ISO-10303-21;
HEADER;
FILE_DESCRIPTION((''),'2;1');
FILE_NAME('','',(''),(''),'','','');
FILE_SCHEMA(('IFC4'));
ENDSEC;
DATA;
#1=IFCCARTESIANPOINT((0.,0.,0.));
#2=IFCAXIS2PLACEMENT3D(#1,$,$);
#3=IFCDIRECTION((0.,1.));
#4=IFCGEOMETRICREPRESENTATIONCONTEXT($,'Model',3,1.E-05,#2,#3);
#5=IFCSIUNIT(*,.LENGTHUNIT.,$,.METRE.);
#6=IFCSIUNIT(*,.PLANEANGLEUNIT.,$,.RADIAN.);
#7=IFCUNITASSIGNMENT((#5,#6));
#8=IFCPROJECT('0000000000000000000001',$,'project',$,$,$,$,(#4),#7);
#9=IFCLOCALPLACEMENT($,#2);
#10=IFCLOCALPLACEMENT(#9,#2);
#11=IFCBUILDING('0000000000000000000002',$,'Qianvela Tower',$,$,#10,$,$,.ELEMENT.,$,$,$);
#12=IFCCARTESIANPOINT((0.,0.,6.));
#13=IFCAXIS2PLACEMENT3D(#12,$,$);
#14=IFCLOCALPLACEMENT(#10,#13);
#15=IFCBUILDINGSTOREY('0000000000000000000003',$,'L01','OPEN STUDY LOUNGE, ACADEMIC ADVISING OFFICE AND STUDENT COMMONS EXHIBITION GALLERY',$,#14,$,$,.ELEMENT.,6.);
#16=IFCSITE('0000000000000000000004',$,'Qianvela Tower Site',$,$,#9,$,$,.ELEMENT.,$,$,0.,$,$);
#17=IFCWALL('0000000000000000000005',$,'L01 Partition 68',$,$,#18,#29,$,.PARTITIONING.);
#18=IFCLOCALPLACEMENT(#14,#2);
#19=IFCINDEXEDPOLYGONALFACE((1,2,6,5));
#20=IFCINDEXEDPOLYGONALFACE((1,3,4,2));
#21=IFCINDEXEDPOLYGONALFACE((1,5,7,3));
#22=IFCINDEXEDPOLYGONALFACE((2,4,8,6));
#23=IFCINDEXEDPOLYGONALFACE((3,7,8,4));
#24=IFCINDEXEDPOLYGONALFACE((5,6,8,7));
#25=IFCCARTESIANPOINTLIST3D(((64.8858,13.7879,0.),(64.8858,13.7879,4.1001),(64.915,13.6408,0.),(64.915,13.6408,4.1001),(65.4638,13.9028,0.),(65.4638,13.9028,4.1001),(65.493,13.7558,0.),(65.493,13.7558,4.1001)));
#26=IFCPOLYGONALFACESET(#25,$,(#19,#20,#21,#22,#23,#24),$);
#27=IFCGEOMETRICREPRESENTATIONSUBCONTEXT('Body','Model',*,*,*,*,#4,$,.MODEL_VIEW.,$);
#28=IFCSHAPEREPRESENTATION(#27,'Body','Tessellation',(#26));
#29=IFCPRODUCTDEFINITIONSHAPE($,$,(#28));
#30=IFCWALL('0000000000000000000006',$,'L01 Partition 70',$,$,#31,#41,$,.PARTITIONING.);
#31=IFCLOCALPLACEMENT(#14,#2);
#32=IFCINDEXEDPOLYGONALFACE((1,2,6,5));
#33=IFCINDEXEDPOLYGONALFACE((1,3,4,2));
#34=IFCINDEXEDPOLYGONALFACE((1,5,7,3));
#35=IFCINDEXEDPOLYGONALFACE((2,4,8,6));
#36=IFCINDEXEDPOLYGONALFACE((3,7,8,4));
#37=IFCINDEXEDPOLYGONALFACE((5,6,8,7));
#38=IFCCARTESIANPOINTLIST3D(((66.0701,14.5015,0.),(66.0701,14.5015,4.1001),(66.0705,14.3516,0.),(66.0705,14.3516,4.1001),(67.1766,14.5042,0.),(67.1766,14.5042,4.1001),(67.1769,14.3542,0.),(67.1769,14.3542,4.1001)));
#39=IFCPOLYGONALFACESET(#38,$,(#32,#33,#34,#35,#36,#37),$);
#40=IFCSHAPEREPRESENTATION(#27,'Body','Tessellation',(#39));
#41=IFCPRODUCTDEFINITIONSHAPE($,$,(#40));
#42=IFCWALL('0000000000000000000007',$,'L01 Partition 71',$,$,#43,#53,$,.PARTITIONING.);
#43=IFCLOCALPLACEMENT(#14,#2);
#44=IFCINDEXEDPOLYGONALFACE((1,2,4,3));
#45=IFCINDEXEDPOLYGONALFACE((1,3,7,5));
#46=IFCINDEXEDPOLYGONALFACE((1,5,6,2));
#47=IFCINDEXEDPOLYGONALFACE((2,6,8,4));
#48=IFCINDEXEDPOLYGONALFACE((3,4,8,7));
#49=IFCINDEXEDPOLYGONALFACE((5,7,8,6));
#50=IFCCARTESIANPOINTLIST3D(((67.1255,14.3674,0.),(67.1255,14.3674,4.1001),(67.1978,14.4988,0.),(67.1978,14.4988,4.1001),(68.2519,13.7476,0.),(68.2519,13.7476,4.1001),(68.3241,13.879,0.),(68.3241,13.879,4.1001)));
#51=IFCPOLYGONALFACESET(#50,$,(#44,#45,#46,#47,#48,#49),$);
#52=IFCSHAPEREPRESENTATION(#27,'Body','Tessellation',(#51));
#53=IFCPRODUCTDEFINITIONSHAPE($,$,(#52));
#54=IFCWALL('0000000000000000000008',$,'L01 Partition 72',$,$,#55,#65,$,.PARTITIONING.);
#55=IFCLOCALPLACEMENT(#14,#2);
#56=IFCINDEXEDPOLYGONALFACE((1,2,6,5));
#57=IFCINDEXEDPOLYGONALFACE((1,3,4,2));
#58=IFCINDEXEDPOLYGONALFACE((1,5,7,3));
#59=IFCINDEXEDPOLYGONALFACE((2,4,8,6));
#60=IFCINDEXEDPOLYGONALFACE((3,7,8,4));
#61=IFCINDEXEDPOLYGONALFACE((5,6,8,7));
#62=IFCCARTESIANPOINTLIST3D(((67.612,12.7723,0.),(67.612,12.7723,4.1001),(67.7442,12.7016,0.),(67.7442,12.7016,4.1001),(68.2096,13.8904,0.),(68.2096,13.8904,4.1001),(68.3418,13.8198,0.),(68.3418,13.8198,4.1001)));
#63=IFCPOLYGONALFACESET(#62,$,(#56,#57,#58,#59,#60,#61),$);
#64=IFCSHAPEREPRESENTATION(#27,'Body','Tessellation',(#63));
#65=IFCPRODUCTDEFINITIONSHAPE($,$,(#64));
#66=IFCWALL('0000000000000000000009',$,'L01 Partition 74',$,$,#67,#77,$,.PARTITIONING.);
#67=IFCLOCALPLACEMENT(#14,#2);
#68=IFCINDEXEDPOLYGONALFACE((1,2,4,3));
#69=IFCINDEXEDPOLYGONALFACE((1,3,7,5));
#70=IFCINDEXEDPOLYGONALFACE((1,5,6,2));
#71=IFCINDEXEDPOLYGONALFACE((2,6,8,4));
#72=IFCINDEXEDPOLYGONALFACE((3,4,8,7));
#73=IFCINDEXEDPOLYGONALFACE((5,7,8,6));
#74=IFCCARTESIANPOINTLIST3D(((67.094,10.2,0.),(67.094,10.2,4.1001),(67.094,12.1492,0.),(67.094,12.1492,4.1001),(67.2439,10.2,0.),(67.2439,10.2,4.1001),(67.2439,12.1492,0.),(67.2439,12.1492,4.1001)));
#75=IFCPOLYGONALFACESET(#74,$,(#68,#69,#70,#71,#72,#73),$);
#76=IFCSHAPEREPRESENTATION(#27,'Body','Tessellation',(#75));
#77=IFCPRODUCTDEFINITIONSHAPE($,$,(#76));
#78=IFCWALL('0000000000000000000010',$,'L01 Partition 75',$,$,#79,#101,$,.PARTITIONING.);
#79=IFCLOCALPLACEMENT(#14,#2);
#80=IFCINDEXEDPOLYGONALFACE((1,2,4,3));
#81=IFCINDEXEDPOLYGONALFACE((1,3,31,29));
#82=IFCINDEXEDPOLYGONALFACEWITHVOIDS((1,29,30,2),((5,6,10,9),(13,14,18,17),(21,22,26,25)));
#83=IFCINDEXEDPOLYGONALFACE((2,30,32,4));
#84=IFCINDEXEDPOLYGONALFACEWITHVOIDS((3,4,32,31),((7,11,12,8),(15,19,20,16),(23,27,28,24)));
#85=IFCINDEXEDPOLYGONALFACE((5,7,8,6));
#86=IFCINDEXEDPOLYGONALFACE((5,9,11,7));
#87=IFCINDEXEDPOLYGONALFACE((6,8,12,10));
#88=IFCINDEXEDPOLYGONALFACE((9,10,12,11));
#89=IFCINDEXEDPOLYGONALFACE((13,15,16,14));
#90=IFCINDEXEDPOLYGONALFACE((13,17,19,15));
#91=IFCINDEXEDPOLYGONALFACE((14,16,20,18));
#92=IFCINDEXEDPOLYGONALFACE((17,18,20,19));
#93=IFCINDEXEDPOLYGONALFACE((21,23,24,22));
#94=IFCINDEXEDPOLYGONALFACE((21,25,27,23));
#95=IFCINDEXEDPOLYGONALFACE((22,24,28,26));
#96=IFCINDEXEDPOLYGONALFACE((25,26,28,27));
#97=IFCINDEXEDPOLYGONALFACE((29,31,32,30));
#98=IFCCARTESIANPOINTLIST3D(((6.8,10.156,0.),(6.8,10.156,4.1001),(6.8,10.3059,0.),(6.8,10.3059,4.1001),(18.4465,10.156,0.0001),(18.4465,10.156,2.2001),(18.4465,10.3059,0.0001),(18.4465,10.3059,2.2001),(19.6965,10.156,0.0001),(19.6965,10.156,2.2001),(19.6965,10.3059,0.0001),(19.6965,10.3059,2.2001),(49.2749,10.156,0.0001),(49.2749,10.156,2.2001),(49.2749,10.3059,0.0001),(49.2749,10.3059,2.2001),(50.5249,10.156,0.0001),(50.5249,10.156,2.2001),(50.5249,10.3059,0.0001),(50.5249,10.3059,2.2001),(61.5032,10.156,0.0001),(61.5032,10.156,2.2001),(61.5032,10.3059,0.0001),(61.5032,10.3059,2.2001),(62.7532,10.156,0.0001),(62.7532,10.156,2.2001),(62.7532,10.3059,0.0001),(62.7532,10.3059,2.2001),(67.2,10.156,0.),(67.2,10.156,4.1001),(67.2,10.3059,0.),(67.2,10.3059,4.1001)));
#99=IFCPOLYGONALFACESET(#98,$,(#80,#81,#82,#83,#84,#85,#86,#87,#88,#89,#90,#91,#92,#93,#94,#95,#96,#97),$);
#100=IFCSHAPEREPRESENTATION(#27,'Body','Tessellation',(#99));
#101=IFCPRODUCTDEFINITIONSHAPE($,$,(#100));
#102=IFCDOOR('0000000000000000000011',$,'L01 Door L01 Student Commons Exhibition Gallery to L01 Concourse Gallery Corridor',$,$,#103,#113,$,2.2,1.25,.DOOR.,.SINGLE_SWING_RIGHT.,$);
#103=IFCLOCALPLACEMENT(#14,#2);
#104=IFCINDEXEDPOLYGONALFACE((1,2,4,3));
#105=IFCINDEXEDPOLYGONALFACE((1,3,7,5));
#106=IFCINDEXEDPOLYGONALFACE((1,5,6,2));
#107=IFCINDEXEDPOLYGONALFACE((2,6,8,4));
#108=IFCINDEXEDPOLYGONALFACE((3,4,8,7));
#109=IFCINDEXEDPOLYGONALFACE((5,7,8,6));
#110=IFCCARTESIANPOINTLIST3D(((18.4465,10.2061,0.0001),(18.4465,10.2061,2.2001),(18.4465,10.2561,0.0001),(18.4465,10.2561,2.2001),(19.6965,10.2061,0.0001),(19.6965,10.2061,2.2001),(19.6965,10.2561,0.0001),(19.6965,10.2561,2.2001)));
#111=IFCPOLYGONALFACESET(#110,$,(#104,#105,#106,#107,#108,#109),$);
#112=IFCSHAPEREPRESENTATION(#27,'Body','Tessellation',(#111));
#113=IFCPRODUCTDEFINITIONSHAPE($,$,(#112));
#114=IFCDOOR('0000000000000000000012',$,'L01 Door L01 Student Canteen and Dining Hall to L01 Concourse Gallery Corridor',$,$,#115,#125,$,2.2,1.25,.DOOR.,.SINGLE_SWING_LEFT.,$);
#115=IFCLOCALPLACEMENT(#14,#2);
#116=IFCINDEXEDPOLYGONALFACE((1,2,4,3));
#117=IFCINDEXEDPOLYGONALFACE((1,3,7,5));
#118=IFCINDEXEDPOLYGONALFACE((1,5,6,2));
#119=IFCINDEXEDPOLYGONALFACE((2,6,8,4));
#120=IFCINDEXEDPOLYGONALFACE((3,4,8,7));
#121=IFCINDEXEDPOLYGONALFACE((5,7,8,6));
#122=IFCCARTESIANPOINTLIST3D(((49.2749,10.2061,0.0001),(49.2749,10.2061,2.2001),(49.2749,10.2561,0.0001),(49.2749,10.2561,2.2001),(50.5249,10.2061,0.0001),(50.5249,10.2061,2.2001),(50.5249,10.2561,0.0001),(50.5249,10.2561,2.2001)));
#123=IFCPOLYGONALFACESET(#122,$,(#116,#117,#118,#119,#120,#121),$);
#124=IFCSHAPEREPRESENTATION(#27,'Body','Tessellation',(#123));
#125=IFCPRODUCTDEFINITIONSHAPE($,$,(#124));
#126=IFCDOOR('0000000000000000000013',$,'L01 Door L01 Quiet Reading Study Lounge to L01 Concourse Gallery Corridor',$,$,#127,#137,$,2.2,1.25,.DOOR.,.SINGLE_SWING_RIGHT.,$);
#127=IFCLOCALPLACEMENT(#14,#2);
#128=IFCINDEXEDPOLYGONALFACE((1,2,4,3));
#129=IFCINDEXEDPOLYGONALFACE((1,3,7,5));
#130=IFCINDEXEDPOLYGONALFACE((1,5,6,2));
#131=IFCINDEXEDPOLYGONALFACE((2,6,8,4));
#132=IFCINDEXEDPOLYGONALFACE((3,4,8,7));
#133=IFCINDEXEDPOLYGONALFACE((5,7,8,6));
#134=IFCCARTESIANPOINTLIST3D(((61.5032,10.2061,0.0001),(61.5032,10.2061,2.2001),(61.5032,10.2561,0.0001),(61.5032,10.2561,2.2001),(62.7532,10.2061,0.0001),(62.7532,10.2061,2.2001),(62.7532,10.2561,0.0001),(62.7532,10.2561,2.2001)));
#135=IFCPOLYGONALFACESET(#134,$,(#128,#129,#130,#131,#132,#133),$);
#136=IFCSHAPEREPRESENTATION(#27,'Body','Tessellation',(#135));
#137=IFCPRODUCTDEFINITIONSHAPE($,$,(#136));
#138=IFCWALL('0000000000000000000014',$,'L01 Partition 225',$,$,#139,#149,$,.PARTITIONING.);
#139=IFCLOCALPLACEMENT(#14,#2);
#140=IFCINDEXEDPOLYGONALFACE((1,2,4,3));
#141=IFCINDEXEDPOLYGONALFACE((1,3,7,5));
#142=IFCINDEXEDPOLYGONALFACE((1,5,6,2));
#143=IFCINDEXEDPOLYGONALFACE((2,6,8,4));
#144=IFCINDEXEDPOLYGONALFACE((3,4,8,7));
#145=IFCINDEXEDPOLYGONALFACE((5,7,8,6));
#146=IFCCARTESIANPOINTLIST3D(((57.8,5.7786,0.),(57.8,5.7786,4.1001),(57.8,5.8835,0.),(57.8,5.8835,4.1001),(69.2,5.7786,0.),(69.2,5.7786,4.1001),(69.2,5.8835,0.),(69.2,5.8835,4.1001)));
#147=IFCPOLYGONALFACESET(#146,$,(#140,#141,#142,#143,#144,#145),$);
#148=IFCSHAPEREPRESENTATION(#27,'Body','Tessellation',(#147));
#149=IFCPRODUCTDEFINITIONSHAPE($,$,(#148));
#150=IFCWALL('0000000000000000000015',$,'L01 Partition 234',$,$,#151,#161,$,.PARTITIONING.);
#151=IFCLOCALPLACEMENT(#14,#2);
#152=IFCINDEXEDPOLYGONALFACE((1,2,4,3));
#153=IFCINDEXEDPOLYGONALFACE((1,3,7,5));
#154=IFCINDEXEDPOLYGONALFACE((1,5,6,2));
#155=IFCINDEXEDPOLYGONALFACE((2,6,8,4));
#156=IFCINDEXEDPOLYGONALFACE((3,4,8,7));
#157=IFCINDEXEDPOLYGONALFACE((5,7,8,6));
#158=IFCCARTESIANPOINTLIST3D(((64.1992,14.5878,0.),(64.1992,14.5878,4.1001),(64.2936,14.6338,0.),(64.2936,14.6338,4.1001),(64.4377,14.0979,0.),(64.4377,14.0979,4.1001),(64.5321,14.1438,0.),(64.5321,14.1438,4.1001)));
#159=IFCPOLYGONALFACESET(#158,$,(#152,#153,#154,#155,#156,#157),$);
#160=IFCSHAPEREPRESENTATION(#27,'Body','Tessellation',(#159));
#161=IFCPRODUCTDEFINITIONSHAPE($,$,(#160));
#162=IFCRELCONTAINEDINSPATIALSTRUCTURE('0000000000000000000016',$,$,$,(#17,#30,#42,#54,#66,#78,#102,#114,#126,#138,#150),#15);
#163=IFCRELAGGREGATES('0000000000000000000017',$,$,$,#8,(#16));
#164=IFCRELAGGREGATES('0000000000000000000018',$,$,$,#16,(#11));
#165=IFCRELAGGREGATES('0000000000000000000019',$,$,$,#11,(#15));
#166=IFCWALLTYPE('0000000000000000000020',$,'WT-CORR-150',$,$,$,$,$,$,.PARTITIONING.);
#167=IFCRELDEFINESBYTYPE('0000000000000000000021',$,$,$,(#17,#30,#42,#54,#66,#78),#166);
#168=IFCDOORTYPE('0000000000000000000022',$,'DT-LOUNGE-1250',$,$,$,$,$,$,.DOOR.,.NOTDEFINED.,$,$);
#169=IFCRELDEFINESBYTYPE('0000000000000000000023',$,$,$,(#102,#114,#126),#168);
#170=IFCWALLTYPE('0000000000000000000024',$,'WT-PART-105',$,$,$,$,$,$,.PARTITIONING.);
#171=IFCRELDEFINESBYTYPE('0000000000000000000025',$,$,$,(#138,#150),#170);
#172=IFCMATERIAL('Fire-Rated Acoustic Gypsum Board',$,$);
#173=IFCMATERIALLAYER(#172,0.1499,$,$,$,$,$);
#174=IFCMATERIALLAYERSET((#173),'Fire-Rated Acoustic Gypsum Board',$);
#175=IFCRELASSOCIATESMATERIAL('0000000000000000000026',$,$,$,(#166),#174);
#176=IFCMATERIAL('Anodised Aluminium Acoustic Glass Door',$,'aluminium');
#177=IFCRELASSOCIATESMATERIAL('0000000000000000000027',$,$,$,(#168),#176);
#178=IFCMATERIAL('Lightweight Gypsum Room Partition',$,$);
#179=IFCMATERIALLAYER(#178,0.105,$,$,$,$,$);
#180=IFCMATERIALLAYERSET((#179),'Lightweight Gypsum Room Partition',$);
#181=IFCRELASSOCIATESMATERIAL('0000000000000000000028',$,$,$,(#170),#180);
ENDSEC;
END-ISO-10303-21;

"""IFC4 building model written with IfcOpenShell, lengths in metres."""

from ifc_helpers import new_model, si_unit, direction, frame, frame_2d, origin, place, context, subcontext, project, spatial, rectangle, extrude, material, layer, layer_set, type_object, element, fill, save


model = new_model("IFC4")

# Units and contexts
model_context = context("Model", 3, precision=1e-05, world=origin(), true_north=direction((0.0, 1.0)))
body_context = subcontext(model_context, "Body", "Model", "MODEL_VIEW")
ifc_project = project(units=[si_unit("LENGTHUNIT", "METRE"), si_unit("PLANEANGLEUNIT", "RADIAN")], contexts=[model_context])

# Site, building, storey
site_placement = place(None, origin())
site = spatial("IfcSite", under=ifc_project, at=site_placement, Name="Qianvela Tower Site", CompositionType="ELEMENT", RefElevation=0.0)
building_placement = place(site_placement, origin())
building = spatial("IfcBuilding", under=site, at=building_placement, Name="Qianvela Tower", CompositionType="ELEMENT")
storey_placement = place(building_placement, frame((0.0, 0.0, 6.0)))
storey = spatial("IfcBuildingStorey", under=building, at=storey_placement, Name="L01", Description="OPEN STUDY LOUNGE, ACADEMIC ADVISING OFFICE AND STUDENT COMMONS EXHIBITION GALLERY", CompositionType="ELEMENT", Elevation=6.0)

# Walls
ifc_material_1 = material(Name="Fire-Rated Acoustic Gypsum Board")
ifc_layer_1 = layer(ifc_material_1, 0.1499)
ifc_layer_set_1 = layer_set([ifc_layer_1], Name="Fire-Rated Acoustic Gypsum Board")
wall_type_1 = type_object("IfcWallType", Name="WT-CORR-150", PredefinedType="PARTITIONING", material=ifc_layer_set_1)
wall_1_placement = place(storey_placement, frame((64.9004, 13.7144, 0.0), z_axis=(0.0, 0.0, 1.0), x_axis=(0.980787, 0.195081, 0.0)))
element("IfcWall", 1, at=wall_1_placement, inside=storey, type_object=wall_type_1, Name="L01 Partition 68", PredefinedType="PARTITIONING", context=body_context, shape_type="SweptSolid", body=[
    extrude(rectangle(XDim=0.5894, YDim=0.1499, at=frame_2d((0.2947, 0.0))), origin(), (0.0, 0.0, 1.0), 4.1001),
])
wall_2_placement = place(storey_placement, frame((66.0703, 14.4265, 0.0), z_axis=(0.0, 0.0, 1.0), x_axis=(0.999997, 0.002427, 0.0)))
element("IfcWall", 2, at=wall_2_placement, inside=storey, type_object=wall_type_1, Name="L01 Partition 70", PredefinedType="PARTITIONING", context=body_context, shape_type="SweptSolid", body=[
    extrude(rectangle(XDim=1.1064, YDim=0.1499, at=frame_2d((0.5532, 0.0))), origin(), (0.0, 0.0, 1.0), 4.1001),
])
wall_3_placement = place(storey_placement, frame((67.1616, 14.4331, 0.0), z_axis=(0.0, 0.0, 1.0), x_axis=(0.876112, -0.482108, 0.0)))
element("IfcWall", 3, at=wall_3_placement, inside=storey, type_object=wall_type_1, Name="L01 Partition 71", PredefinedType="PARTITIONING", context=body_context, shape_type="SweptSolid", body=[
    extrude(rectangle(XDim=1.2856, YDim=0.1499, at=frame_2d((0.6428, 0.0))), origin(), (0.0, 0.0, 1.0), 4.1001),
])
wall_4_placement = place(storey_placement, frame((68.2756, 13.855, 0.0), z_axis=(0.0, 0.0, 1.0), x_axis=(-0.471388, -0.881926, 0.0)))
element("IfcWall", 4, at=wall_4_placement, inside=storey, type_object=wall_type_1, Name="L01 Partition 72", PredefinedType="PARTITIONING", context=body_context, shape_type="SweptSolid", body=[
    extrude(rectangle(XDim=1.2678, YDim=0.1499, at=frame_2d((0.6338, 0.0))), origin(), (0.0, 0.0, 1.0), 4.1001),
])
wall_5_placement = place(storey_placement, frame((67.1689, 12.1492, 0.0), z_axis=(0.0, 0.0, 1.0), x_axis=(0.0, -1.0, 0.0)))
element("IfcWall", 5, at=wall_5_placement, inside=storey, type_object=wall_type_1, Name="L01 Partition 74", PredefinedType="PARTITIONING", context=body_context, shape_type="SweptSolid", body=[
    extrude(rectangle(XDim=1.9492, YDim=0.1499, at=frame_2d((0.9746, 0.0))), origin(), (0.0, 0.0, 1.0), 4.1001),
])

# Wall, openings, doors
wall_6_placement = place(storey_placement, frame((67.2, 10.231, 0.0), z_axis=(0.0, 0.0, 1.0), x_axis=(-1.0, 0.0, 0.0)))
wall_6 = element("IfcWall", 6, at=wall_6_placement, inside=storey, type_object=wall_type_1, Name="L01 Partition 75", PredefinedType="PARTITIONING", context=body_context, shape_type="SweptSolid", body=[
    extrude(rectangle(XDim=60.3999, YDim=0.1499, at=frame_2d((30.2, 0.0))), origin(), (0.0, 0.0, 1.0), 4.1001),
])
opening_1_placement = place(wall_6_placement, frame((47.5034, 0.0, 0.0)))
opening_1 = element("IfcOpeningElement", 7, at=opening_1_placement, cuts=wall_6, PredefinedType="OPENING", context=body_context, shape_type="SweptSolid", body=[
    extrude(rectangle(XDim=1.25, YDim=2.2, at=frame_2d((0.625, 1.1001))), frame((0.0, 0.085, 0.0), z_axis=(0.0, -1.0, 0.0), x_axis=(1.0, 0.0, 0.0)), (0.0, 0.0, 1.0), 0.1699),
])
opening_2_placement = place(wall_6_placement, frame((16.675, 0.0, 0.0)))
opening_2 = element("IfcOpeningElement", 8, at=opening_2_placement, cuts=wall_6, PredefinedType="OPENING", context=body_context, shape_type="SweptSolid", body=[
    extrude(rectangle(XDim=1.25, YDim=2.2, at=frame_2d((0.625, 1.1001))), frame((0.0, 0.085, 0.0), z_axis=(0.0, -1.0, 0.0), x_axis=(1.0, 0.0, 0.0)), (0.0, 0.0, 1.0), 0.1699),
])
opening_3_placement = place(wall_6_placement, frame((4.4468, 0.0, 0.0)))
opening_3 = element("IfcOpeningElement", 9, at=opening_3_placement, cuts=wall_6, PredefinedType="OPENING", context=body_context, shape_type="SweptSolid", body=[
    extrude(rectangle(XDim=1.25, YDim=2.2, at=frame_2d((0.625, 1.1001))), frame((0.0, 0.085, 0.0), z_axis=(0.0, -1.0, 0.0), x_axis=(1.0, 0.0, 0.0)), (0.0, 0.0, 1.0), 0.1699),
])
ifc_material_2 = material(Name="Anodised Aluminium Acoustic Glass Door", Category="aluminium")
door_type = type_object("IfcDoorType", Name="DT-LOUNGE-1250", OperationType="NOTDEFINED", PredefinedType="DOOR", material=ifc_material_2)
door_1_placement = place(opening_1_placement, origin())
door_1 = element("IfcDoor", 10, at=door_1_placement, inside=storey, type_object=door_type, Name="L01 Door L01 Student Commons Exhibition Gallery to L01 Concourse Gallery Corridor", OperationType="SINGLE_SWING_RIGHT", OverallHeight=2.2, OverallWidth=1.25, PredefinedType="DOOR", context=body_context, shape_type="SweptSolid", body=[
    extrude(rectangle(XDim=1.25, YDim=2.2, at=frame_2d((0.625, 1.1001))), frame((0.0, 0.0249, 0.0), z_axis=(0.0, -1.0, 0.0), x_axis=(1.0, 0.0, 0.0)), (0.0, 0.0, 1.0), 0.05),
])
fill(opening_1, door_1)
door_2_placement = place(opening_2_placement, origin())
door_2 = element("IfcDoor", 11, at=door_2_placement, inside=storey, type_object=door_type, Name="L01 Door L01 Student Canteen and Dining Hall to L01 Concourse Gallery Corridor", OperationType="SINGLE_SWING_LEFT", OverallHeight=2.2, OverallWidth=1.25, PredefinedType="DOOR", context=body_context, shape_type="SweptSolid", body=[
    extrude(rectangle(XDim=1.25, YDim=2.2, at=frame_2d((0.625, 1.1001))), frame((0.0, 0.0249, 0.0), z_axis=(0.0, -1.0, 0.0), x_axis=(1.0, 0.0, 0.0)), (0.0, 0.0, 1.0), 0.05),
])
fill(opening_2, door_2)
door_3_placement = place(opening_3_placement, origin())
door_3 = element("IfcDoor", 12, at=door_3_placement, inside=storey, type_object=door_type, Name="L01 Door L01 Quiet Reading Study Lounge to L01 Concourse Gallery Corridor", OperationType="SINGLE_SWING_RIGHT", OverallHeight=2.2, OverallWidth=1.25, PredefinedType="DOOR", context=body_context, shape_type="SweptSolid", body=[
    extrude(rectangle(XDim=1.25, YDim=2.2, at=frame_2d((0.625, 1.1001))), frame((0.0, 0.0249, 0.0), z_axis=(0.0, -1.0, 0.0), x_axis=(1.0, 0.0, 0.0)), (0.0, 0.0, 1.0), 0.05),
])
fill(opening_3, door_3)

# Walls
ifc_material_3 = material(Name="Lightweight Gypsum Room Partition")
ifc_layer_2 = layer(ifc_material_3, 0.105)
ifc_layer_set_2 = layer_set([ifc_layer_2], Name="Lightweight Gypsum Room Partition")
wall_type_2 = type_object("IfcWallType", Name="WT-PART-105", PredefinedType="PARTITIONING", material=ifc_layer_set_2)
wall_7_placement = place(storey_placement, frame((69.2, 5.8311, 0.0), z_axis=(0.0, 0.0, 1.0), x_axis=(-1.0, 0.0, 0.0)))
element("IfcWall", 13, at=wall_7_placement, inside=storey, type_object=wall_type_2, Name="L01 Partition 225", PredefinedType="PARTITIONING", context=body_context, shape_type="SweptSolid", body=[
    extrude(rectangle(XDim=11.3999, YDim=0.105, at=frame_2d((5.7, 0.0))), origin(), (0.0, 0.0, 1.0), 4.1001),
])
wall_8_placement = place(storey_placement, frame((64.4849, 14.1208, 0.0), z_axis=(0.0, 0.0, 1.0), x_axis=(-0.437691, 0.899126, 0.0)))
element("IfcWall", 14, at=wall_8_placement, inside=storey, type_object=wall_type_2, Name="L01 Partition 234", PredefinedType="PARTITIONING", context=body_context, shape_type="SweptSolid", body=[
    extrude(rectangle(XDim=0.5449, YDim=0.105, at=frame_2d((0.2725, 0.0))), origin(), (0.0, 0.0, 1.0), 4.1001),
])

save(model, "model.ifc")
